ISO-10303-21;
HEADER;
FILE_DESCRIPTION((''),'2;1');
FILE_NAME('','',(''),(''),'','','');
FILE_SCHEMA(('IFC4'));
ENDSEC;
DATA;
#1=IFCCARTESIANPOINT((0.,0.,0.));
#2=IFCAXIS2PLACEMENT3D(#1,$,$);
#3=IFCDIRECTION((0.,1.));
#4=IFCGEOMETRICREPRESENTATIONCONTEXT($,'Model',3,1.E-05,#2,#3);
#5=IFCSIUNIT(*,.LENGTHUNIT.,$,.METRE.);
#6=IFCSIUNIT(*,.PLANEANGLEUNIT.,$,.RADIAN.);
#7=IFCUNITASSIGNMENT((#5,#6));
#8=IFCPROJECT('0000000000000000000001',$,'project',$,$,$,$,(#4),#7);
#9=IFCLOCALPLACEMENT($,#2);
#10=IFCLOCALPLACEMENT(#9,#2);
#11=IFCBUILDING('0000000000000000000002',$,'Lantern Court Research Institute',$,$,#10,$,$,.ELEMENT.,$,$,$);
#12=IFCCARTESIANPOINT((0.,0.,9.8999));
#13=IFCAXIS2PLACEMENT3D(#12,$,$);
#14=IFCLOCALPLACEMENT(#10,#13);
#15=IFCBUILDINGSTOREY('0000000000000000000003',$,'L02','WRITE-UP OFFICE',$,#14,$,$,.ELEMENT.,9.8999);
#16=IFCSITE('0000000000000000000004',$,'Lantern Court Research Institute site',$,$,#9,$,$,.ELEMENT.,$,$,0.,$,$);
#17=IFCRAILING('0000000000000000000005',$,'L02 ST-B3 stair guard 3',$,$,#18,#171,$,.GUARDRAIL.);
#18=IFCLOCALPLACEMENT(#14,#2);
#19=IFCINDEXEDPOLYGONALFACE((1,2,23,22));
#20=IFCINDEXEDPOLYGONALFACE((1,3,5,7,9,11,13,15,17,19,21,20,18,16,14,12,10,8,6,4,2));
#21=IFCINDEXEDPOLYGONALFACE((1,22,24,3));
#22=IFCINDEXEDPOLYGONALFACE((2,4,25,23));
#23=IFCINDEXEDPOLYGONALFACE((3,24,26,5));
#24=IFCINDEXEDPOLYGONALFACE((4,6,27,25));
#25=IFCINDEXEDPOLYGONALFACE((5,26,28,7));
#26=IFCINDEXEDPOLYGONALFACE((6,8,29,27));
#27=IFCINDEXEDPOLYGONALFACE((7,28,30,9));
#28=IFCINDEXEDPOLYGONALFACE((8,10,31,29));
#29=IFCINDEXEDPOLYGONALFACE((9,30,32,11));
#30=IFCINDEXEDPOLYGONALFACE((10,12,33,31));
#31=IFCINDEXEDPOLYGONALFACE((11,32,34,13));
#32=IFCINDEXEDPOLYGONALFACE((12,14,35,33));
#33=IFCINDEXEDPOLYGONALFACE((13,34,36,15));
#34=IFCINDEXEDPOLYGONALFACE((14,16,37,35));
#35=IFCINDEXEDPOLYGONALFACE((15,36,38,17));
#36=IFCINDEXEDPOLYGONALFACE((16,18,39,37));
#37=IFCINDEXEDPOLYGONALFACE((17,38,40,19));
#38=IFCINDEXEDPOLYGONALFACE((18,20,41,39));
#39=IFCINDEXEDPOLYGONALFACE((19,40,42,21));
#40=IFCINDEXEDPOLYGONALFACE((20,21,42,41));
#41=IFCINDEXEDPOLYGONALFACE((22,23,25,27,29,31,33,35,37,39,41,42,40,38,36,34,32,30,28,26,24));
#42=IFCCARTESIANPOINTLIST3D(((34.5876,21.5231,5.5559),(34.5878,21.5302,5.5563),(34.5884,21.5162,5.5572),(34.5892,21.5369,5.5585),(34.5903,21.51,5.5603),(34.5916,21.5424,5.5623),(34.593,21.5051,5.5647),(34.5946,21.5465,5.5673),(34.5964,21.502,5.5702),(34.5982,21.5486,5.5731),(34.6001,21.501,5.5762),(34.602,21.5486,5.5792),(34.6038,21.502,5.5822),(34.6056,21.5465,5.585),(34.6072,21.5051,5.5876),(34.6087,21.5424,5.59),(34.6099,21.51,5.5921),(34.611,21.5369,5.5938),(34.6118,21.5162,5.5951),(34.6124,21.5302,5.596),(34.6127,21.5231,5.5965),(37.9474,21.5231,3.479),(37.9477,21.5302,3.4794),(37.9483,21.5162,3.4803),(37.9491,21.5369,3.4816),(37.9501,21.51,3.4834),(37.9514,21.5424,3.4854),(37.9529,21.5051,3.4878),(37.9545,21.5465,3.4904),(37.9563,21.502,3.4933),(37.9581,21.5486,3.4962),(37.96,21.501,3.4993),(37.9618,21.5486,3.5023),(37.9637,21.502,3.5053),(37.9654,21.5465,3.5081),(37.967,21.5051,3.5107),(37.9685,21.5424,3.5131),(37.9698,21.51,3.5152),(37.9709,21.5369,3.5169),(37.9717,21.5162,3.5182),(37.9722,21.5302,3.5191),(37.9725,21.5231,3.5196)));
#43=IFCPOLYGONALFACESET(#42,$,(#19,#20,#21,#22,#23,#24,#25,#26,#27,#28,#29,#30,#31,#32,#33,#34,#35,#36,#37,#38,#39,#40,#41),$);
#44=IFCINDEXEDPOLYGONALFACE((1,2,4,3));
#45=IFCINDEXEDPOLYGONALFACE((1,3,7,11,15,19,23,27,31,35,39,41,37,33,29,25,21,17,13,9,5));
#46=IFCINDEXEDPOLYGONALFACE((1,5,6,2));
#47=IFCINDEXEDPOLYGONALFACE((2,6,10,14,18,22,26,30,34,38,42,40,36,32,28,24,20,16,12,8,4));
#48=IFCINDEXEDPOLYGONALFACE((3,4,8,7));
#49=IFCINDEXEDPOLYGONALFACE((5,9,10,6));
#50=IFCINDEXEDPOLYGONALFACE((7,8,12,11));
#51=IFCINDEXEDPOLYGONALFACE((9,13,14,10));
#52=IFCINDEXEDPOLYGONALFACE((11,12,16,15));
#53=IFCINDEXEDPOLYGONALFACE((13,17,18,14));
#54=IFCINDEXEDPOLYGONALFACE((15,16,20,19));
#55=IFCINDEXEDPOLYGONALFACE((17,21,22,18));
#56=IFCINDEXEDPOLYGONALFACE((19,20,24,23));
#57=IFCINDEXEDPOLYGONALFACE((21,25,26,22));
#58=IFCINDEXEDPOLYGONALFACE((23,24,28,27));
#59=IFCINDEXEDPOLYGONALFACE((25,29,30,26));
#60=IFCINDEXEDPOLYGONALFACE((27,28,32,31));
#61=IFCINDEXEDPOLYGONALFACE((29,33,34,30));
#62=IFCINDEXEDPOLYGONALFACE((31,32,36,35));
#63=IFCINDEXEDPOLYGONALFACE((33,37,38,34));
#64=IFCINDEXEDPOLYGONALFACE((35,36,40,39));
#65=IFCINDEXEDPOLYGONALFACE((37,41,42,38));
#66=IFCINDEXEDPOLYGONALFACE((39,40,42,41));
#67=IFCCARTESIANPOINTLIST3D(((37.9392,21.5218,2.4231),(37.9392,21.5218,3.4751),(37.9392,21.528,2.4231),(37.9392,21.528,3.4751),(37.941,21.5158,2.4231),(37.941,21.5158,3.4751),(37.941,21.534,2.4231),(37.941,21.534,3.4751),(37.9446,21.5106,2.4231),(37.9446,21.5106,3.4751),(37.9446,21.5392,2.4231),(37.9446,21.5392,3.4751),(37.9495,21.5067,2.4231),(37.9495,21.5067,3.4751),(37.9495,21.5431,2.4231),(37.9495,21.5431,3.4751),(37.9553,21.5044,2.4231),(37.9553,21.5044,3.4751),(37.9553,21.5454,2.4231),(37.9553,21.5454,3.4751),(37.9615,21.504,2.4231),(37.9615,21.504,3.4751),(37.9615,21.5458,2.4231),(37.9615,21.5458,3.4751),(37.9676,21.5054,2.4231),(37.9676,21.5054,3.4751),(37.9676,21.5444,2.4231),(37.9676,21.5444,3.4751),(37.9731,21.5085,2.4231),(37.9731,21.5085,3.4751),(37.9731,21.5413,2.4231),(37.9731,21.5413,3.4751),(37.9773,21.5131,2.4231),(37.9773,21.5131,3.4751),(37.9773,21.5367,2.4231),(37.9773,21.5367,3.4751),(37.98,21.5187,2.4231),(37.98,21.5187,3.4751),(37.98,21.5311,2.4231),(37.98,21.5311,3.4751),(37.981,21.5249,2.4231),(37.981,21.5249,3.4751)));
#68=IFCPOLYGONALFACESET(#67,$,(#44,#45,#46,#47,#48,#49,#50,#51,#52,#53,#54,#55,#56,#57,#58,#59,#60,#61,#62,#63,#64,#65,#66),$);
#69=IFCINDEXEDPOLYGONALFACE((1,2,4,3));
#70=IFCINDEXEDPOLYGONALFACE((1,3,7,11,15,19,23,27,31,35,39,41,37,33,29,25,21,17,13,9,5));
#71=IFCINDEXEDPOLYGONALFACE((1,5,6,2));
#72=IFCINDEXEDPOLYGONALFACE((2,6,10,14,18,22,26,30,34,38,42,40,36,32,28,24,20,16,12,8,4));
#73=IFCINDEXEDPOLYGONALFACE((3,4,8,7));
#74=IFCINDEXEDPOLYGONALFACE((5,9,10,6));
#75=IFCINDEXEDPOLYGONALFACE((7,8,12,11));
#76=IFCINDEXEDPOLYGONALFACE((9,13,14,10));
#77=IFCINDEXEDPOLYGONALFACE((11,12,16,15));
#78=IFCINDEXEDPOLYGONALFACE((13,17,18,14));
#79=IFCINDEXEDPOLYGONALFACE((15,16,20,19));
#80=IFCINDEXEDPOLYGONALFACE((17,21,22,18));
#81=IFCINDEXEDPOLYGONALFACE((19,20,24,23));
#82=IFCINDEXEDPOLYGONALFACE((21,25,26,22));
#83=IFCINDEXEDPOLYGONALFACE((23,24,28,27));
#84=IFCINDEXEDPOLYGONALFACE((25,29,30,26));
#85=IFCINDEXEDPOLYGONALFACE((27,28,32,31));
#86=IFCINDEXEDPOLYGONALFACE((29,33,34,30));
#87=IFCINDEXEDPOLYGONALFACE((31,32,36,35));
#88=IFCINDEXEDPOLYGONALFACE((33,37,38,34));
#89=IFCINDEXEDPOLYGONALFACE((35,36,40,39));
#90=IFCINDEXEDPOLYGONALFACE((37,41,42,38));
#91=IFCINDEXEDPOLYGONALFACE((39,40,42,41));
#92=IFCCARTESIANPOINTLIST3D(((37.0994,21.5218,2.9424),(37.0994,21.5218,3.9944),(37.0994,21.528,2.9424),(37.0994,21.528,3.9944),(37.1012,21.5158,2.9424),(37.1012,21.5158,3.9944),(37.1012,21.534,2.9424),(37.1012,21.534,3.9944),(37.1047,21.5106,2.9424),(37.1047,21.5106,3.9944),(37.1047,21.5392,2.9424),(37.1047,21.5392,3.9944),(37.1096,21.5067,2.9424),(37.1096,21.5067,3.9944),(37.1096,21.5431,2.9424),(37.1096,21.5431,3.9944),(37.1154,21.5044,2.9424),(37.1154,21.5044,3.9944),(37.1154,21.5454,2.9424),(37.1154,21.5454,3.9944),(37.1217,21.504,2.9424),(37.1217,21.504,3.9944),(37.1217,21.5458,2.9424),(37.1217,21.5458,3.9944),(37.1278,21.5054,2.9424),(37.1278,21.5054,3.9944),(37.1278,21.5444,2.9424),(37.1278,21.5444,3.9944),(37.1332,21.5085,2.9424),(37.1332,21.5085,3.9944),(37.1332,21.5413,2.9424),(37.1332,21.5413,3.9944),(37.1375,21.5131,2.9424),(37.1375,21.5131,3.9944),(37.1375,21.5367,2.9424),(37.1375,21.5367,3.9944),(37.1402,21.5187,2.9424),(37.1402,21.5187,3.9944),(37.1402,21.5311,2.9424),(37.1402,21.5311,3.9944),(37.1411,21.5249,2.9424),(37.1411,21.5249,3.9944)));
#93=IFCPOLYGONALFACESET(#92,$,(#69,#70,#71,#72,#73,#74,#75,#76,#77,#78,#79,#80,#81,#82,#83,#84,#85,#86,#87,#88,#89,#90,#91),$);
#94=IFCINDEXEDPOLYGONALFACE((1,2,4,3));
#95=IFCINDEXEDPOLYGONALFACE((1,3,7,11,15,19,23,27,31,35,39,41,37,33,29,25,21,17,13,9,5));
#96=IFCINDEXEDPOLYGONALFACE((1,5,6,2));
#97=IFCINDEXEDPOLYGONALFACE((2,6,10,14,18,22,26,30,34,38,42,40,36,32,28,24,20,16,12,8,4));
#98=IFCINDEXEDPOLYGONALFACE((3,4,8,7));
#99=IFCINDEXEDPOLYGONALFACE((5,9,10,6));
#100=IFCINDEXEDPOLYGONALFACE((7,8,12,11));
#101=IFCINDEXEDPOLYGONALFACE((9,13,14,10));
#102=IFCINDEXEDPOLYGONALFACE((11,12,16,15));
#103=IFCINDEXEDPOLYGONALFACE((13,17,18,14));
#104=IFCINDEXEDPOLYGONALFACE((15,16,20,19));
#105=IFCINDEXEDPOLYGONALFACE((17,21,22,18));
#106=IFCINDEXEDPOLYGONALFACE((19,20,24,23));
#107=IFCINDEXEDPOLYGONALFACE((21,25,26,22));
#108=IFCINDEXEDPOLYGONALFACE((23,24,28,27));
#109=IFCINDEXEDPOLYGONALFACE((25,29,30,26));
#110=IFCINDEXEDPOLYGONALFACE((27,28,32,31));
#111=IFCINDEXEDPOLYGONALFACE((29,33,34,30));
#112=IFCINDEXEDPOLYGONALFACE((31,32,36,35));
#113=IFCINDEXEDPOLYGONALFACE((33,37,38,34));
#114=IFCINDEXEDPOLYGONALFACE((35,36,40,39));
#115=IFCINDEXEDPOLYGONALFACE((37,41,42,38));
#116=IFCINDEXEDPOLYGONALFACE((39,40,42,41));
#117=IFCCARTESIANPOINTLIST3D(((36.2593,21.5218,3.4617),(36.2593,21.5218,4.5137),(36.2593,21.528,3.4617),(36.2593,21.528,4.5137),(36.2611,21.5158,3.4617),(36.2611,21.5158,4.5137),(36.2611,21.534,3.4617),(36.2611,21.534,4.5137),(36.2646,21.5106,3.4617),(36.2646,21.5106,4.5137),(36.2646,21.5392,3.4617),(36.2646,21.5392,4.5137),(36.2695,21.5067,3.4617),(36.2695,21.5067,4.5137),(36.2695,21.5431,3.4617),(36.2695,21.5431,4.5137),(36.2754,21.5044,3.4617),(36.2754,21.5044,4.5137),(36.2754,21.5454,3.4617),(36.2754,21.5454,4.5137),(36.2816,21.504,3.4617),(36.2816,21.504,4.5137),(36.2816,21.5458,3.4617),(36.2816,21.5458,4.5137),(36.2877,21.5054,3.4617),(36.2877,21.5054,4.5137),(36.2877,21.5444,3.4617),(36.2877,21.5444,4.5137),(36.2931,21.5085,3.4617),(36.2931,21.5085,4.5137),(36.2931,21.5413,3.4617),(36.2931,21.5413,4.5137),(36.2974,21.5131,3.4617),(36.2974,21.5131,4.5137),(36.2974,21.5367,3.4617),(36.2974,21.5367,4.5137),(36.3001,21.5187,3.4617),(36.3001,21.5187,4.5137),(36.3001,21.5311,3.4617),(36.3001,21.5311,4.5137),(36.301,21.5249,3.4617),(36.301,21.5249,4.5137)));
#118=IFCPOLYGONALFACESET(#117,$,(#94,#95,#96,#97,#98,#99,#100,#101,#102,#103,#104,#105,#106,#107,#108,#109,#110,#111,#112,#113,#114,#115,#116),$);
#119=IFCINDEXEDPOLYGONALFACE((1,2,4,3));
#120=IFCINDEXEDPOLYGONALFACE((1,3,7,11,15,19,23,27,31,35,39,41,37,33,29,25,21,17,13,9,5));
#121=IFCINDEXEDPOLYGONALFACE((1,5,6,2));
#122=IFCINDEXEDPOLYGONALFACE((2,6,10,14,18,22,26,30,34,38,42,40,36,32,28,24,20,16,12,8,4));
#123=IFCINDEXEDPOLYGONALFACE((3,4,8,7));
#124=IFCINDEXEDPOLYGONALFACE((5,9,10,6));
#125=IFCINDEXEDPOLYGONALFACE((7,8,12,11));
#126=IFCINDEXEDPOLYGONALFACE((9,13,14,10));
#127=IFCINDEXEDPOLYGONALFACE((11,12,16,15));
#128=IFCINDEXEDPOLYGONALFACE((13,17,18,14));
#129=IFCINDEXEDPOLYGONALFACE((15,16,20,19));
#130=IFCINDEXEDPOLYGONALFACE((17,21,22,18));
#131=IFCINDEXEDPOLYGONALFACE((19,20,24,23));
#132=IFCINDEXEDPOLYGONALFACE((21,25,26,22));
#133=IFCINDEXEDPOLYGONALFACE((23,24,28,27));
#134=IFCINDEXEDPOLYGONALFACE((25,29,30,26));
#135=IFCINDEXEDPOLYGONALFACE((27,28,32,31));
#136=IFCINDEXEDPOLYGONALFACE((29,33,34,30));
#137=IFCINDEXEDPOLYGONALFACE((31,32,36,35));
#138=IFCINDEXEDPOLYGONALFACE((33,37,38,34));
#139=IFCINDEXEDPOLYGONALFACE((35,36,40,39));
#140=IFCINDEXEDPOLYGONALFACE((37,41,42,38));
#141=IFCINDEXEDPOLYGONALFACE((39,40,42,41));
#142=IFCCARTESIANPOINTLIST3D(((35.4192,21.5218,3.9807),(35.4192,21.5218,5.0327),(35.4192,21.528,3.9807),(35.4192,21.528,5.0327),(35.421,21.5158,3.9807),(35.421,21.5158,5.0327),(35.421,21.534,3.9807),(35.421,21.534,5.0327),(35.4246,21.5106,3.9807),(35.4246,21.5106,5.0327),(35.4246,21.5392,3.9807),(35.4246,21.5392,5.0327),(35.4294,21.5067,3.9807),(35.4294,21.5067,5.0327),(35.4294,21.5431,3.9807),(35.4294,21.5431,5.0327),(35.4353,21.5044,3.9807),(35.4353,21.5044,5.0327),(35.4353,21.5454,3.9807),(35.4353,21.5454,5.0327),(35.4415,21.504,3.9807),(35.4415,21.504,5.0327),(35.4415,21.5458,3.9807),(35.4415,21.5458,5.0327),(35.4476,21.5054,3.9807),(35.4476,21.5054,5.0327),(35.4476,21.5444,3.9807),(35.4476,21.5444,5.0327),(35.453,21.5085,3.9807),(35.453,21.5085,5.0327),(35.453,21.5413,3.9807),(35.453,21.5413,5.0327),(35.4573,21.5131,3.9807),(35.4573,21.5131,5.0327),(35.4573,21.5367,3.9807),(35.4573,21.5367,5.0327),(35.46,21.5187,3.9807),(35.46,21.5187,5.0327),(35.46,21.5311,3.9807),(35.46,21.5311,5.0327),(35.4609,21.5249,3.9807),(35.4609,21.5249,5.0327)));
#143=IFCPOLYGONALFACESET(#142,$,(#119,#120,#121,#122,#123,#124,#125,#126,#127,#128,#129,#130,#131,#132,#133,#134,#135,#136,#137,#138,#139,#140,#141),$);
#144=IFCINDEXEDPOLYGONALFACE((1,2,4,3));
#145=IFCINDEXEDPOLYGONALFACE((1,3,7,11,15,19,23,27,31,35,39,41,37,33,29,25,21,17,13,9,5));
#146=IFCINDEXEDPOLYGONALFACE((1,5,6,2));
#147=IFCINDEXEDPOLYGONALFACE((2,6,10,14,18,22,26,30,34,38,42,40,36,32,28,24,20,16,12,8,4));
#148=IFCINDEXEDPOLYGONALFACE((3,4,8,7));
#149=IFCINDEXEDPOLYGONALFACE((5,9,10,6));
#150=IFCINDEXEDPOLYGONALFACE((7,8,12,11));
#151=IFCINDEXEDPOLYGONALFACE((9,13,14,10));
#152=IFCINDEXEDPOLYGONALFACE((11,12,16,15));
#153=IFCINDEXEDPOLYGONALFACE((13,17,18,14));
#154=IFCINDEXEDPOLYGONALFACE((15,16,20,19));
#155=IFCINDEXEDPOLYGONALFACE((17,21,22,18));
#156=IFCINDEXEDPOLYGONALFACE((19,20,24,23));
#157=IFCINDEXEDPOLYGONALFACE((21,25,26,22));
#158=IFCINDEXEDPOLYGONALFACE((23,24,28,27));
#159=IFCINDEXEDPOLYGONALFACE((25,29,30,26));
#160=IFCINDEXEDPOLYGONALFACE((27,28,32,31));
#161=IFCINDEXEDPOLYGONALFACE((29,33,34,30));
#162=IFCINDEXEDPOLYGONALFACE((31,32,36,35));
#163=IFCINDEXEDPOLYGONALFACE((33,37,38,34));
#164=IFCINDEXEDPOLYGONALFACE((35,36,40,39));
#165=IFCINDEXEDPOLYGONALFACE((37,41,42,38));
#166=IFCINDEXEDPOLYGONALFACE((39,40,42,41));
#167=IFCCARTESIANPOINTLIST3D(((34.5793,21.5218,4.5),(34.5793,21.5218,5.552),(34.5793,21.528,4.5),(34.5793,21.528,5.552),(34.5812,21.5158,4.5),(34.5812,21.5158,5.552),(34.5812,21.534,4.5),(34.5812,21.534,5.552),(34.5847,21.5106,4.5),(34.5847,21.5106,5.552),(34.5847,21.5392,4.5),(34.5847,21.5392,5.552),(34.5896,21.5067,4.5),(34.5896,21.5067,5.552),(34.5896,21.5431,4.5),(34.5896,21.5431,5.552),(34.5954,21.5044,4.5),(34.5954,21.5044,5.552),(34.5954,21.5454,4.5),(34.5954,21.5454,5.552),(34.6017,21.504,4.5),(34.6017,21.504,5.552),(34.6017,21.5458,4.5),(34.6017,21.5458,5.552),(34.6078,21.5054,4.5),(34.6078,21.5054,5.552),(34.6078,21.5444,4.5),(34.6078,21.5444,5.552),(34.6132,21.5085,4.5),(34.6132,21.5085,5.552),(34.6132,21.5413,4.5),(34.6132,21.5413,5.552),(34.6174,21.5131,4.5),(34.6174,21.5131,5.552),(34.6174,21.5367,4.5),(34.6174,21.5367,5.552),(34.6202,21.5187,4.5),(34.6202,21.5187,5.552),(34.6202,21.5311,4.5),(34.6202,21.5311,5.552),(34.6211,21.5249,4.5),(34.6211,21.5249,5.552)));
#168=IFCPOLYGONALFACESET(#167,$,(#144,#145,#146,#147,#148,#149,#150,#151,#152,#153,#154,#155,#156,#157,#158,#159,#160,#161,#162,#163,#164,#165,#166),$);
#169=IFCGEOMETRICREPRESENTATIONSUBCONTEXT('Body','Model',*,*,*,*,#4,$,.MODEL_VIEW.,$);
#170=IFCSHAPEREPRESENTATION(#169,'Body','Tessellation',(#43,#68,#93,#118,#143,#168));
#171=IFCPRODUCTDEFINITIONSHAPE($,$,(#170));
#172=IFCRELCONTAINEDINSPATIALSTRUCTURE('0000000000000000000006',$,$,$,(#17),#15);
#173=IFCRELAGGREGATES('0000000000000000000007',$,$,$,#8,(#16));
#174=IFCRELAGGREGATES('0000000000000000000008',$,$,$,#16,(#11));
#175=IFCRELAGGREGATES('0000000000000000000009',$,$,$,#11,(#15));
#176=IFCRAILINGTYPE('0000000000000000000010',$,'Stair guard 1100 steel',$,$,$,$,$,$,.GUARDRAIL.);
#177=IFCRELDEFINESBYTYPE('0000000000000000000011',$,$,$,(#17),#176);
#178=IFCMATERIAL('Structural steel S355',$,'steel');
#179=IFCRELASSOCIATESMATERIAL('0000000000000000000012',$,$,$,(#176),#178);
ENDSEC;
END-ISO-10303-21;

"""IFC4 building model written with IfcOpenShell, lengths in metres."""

from ifc_helpers import new_model, si_unit, direction, frame, origin, origin_2d, place, context, subcontext, project, spatial, circle, extrude, material, type_object, element, save


model = new_model("IFC4")

# Units and contexts
model_context = context("Model", 3, precision=1e-05, world=origin(), true_north=direction((0.0, 1.0)))
body_context = subcontext(model_context, "Body", "Model", "MODEL_VIEW")
ifc_project = project(units=[si_unit("LENGTHUNIT", "METRE"), si_unit("PLANEANGLEUNIT", "RADIAN")], contexts=[model_context])

# Site, building, storey
site_placement = place(None, origin())
site = spatial("IfcSite", under=ifc_project, at=site_placement, Name="Lantern Court Research Institute site", CompositionType="ELEMENT", RefElevation=0.0)
building_placement = place(site_placement, origin())
building = spatial("IfcBuilding", under=site, at=building_placement, Name="Lantern Court Research Institute", CompositionType="ELEMENT")
storey_placement = place(building_placement, frame((0.0, 0.0, 9.8999)))
storey = spatial("IfcBuildingStorey", under=building, at=storey_placement, Name="L02", Description="WRITE-UP OFFICE", CompositionType="ELEMENT", Elevation=9.8999)

# Railing
ifc_material_1 = material(Name="Structural steel S355", Category="steel")
railing_type_1 = type_object("IfcRailingType", Name="Stair guard 1100 steel", PredefinedType="GUARDRAIL", material=ifc_material_1)
railing_1_placement = place(storey_placement, frame((37.96, 21.5249, 2.4231)))
element("IfcRailing", 1, at=railing_1_placement, inside=storey, type_object=railing_type_1, Name="L02 ST-B3 stair guard 3", PredefinedType="GUARDRAIL", context=body_context, shape_type="SweptSolid", body=[
    extrude(circle(Radius=0.0239, at=origin_2d()), frame((0.0, 0.0, 1.0762), z_axis=(-0.850606, 0.0, 0.525803), x_axis=(0.0, -1.0, 0.0)), (0.0, 0.0, 1.0), 3.95),
    extrude(circle(Radius=0.021, at=origin_2d()), origin(), (0.0, 0.0, 1.0), 1.052),
    extrude(circle(Radius=0.021, at=origin_2d()), frame((-0.8398, 0.0, 0.5193)), (0.0, 0.0, 1.0), 1.052),
    extrude(circle(Radius=0.021, at=origin_2d()), frame((-1.6799, 0.0, 1.0386)), (0.0, 0.0, 1.0), 1.052),
    extrude(circle(Radius=0.021, at=origin_2d()), frame((-2.52, 0.0, 1.5576)), (0.0, 0.0, 1.0), 1.052),
    extrude(circle(Radius=0.021, at=origin_2d()), frame((-3.3599, 0.0, 2.0769)), (0.0, 0.0, 1.0), 1.052),
])

save(model, "model.ifc")
